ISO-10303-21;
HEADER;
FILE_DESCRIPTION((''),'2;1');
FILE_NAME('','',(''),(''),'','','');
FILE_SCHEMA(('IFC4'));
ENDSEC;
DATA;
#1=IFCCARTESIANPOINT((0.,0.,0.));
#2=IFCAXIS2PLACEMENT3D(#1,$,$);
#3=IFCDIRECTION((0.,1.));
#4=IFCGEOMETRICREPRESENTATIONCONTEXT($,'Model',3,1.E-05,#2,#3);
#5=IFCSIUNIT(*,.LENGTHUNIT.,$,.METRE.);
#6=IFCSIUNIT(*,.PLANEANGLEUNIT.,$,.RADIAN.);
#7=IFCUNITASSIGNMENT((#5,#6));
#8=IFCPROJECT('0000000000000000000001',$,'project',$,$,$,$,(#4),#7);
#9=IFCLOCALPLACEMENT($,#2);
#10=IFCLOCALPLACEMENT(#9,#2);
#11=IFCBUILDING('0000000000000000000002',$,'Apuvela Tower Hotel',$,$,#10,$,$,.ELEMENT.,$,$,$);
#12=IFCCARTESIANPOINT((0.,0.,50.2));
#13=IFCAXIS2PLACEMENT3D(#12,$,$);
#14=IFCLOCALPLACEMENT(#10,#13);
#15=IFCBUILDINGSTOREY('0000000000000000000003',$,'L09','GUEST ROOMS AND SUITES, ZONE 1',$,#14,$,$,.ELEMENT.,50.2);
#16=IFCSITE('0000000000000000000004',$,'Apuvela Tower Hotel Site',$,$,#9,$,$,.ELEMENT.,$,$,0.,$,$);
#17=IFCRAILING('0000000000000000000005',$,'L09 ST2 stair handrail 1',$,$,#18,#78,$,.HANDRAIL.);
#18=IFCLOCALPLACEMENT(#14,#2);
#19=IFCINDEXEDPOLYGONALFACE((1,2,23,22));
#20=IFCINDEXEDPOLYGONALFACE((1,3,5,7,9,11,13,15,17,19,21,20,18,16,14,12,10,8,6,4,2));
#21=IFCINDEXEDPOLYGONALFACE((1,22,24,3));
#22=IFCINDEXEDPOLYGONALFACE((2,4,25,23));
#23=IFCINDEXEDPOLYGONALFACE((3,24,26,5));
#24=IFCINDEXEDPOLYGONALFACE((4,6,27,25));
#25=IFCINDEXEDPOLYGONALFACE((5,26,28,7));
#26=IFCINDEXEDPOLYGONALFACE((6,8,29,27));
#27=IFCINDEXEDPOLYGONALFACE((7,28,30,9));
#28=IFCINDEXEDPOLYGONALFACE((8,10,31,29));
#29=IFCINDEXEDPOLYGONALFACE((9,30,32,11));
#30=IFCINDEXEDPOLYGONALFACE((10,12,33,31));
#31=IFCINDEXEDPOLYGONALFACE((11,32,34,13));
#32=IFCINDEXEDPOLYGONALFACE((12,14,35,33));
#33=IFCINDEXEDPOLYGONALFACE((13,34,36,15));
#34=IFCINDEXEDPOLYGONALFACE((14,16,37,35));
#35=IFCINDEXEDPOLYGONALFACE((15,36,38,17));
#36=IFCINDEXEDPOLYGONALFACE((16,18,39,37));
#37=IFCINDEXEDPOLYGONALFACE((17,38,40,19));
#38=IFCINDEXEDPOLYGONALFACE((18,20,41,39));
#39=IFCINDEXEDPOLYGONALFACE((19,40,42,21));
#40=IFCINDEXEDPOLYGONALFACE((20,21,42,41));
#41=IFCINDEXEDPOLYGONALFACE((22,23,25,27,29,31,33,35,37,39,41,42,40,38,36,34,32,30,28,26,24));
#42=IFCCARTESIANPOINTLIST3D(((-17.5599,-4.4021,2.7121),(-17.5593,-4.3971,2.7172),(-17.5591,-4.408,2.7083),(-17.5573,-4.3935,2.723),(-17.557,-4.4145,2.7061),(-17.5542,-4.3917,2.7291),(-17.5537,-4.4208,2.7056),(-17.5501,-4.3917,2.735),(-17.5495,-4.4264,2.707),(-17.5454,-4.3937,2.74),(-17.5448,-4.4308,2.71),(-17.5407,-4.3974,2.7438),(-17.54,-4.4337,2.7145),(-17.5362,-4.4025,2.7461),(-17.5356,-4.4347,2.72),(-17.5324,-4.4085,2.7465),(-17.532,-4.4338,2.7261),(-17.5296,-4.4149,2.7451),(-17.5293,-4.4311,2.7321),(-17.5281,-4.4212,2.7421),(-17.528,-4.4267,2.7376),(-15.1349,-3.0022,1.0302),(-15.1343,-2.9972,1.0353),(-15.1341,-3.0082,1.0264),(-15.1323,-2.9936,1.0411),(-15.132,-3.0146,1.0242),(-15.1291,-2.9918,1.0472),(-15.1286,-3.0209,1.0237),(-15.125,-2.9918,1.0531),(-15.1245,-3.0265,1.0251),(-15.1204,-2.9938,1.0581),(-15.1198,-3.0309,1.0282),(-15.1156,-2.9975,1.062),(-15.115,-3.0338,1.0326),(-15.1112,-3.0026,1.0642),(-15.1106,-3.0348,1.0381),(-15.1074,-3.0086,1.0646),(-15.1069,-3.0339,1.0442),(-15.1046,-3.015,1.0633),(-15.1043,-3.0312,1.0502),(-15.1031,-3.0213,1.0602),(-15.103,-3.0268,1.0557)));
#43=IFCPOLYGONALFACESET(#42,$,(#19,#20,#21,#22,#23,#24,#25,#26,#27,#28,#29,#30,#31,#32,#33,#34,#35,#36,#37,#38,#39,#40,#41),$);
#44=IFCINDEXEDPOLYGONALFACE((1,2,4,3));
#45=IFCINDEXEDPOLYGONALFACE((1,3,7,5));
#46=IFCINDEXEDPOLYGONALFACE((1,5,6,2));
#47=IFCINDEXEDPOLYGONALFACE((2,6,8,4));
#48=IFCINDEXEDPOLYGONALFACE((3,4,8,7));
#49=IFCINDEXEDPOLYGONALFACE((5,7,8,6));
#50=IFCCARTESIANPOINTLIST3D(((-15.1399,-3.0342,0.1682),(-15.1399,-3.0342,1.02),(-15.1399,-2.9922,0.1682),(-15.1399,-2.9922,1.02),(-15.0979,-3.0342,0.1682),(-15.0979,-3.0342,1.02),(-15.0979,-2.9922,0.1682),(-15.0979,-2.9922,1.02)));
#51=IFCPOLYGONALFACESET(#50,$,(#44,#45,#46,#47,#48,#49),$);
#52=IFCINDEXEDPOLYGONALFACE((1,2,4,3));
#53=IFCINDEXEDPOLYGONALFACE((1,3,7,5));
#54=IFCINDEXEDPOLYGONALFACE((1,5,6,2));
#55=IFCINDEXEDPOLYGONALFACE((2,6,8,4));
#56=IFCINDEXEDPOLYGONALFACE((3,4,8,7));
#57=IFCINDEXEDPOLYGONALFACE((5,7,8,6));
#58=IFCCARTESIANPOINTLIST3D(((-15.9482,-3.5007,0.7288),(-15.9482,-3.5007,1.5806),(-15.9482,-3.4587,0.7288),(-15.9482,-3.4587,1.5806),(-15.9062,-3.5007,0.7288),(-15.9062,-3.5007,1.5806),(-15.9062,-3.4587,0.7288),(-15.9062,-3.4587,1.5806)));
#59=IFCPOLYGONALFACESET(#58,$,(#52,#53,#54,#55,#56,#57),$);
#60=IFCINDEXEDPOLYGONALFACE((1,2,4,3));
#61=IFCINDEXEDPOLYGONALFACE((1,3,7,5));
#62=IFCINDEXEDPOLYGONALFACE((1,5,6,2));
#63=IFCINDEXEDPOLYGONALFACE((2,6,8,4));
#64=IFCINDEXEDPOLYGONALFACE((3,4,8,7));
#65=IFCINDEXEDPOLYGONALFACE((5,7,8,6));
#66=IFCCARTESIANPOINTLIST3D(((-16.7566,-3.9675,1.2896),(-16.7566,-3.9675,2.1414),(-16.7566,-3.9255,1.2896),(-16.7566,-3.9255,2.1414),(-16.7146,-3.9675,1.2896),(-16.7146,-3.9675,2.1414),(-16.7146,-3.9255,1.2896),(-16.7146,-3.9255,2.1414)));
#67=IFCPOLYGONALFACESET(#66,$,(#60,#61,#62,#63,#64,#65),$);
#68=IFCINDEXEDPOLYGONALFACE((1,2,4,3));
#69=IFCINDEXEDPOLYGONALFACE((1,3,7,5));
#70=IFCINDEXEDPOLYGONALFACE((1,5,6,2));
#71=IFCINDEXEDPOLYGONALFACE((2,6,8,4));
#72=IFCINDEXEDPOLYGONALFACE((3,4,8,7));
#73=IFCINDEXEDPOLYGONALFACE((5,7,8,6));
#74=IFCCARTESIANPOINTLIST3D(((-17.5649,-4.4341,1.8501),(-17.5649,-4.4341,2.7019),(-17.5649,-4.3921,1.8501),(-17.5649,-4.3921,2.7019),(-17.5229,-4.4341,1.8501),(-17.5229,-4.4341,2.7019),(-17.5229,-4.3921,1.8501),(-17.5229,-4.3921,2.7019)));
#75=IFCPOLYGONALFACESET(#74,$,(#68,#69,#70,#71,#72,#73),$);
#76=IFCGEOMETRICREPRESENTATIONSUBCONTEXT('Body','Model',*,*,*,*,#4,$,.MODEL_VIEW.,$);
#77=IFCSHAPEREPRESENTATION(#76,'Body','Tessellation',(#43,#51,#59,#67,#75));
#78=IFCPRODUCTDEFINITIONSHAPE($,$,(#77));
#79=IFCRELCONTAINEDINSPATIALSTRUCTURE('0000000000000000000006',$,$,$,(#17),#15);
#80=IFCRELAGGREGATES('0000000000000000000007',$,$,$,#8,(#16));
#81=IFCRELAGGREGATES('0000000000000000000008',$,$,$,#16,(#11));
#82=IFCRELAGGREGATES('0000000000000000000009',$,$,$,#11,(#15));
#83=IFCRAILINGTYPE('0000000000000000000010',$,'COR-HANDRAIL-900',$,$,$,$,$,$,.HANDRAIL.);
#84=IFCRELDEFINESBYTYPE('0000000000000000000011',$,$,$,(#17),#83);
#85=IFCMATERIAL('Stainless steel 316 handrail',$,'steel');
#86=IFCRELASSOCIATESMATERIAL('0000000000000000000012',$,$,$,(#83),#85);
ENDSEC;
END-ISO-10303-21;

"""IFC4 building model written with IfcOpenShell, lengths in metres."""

from ifc_helpers import new_model, si_unit, direction, frame, origin, origin_2d, place, context, subcontext, project, spatial, rectangle, circle, extrude, material, type_object, element, save


model = new_model("IFC4")

# Units and contexts
model_context = context("Model", 3, precision=1e-05, world=origin(), true_north=direction((0.0, 1.0)))
body_context = subcontext(model_context, "Body", "Model", "MODEL_VIEW")
ifc_project = project(units=[si_unit("LENGTHUNIT", "METRE"), si_unit("PLANEANGLEUNIT", "RADIAN")], contexts=[model_context])

# Site, building, storey
site_placement = place(None, origin())
site = spatial("IfcSite", under=ifc_project, at=site_placement, Name="Apuvela Tower Hotel Site", CompositionType="ELEMENT", RefElevation=0.0)
building_placement = place(site_placement, origin())
building = spatial("IfcBuilding", under=site, at=building_placement, Name="Apuvela Tower Hotel", CompositionType="ELEMENT")
storey_placement = place(building_placement, frame((0.0, 0.0, 50.2)))
storey = spatial("IfcBuildingStorey", under=building, at=storey_placement, Name="L09", Description="GUEST ROOMS AND SUITES, ZONE 1", CompositionType="ELEMENT", Elevation=50.2)

# Railing
ifc_material_1 = material(Name="Stainless steel 316 handrail", Category="steel")
railing_type_1 = type_object("IfcRailingType", Name="COR-HANDRAIL-900", PredefinedType="HANDRAIL", material=ifc_material_1)
railing_1_placement = place(storey_placement, frame((-15.1189, -3.0132, 0.1682)))
element("IfcRailing", 1, at=railing_1_placement, inside=storey, type_object=railing_type_1, Name="L09 ST2 stair handrail 1", PredefinedType="HANDRAIL", context=body_context, shape_type="SweptSolid", body=[
    extrude(circle(Radius=0.0239, at=origin_2d()), frame((0.0, 0.0, 0.876), z_axis=(-0.742424, -0.428577, 0.514906), x_axis=(0.499946, -0.866056, 0.0)), (0.0, 0.0, 1.0), 3.2664),
    extrude(rectangle(XDim=0.042, YDim=0.042, at=origin_2d()), origin(), (0.0, 0.0, 1.0), 0.8518),
    extrude(rectangle(XDim=0.042, YDim=0.042, at=origin_2d()), frame((-0.8083, -0.4666, 0.5605)), (0.0, 0.0, 1.0), 0.8518),
    extrude(rectangle(XDim=0.042, YDim=0.042, at=origin_2d()), frame((-1.6167, -0.9333, 1.1213)), (0.0, 0.0, 1.0), 0.8518),
    extrude(rectangle(XDim=0.042, YDim=0.042, at=origin_2d()), frame((-2.425, -1.3999, 1.6819)), (0.0, 0.0, 1.0), 0.8518),
])

save(model, "model.ifc")
